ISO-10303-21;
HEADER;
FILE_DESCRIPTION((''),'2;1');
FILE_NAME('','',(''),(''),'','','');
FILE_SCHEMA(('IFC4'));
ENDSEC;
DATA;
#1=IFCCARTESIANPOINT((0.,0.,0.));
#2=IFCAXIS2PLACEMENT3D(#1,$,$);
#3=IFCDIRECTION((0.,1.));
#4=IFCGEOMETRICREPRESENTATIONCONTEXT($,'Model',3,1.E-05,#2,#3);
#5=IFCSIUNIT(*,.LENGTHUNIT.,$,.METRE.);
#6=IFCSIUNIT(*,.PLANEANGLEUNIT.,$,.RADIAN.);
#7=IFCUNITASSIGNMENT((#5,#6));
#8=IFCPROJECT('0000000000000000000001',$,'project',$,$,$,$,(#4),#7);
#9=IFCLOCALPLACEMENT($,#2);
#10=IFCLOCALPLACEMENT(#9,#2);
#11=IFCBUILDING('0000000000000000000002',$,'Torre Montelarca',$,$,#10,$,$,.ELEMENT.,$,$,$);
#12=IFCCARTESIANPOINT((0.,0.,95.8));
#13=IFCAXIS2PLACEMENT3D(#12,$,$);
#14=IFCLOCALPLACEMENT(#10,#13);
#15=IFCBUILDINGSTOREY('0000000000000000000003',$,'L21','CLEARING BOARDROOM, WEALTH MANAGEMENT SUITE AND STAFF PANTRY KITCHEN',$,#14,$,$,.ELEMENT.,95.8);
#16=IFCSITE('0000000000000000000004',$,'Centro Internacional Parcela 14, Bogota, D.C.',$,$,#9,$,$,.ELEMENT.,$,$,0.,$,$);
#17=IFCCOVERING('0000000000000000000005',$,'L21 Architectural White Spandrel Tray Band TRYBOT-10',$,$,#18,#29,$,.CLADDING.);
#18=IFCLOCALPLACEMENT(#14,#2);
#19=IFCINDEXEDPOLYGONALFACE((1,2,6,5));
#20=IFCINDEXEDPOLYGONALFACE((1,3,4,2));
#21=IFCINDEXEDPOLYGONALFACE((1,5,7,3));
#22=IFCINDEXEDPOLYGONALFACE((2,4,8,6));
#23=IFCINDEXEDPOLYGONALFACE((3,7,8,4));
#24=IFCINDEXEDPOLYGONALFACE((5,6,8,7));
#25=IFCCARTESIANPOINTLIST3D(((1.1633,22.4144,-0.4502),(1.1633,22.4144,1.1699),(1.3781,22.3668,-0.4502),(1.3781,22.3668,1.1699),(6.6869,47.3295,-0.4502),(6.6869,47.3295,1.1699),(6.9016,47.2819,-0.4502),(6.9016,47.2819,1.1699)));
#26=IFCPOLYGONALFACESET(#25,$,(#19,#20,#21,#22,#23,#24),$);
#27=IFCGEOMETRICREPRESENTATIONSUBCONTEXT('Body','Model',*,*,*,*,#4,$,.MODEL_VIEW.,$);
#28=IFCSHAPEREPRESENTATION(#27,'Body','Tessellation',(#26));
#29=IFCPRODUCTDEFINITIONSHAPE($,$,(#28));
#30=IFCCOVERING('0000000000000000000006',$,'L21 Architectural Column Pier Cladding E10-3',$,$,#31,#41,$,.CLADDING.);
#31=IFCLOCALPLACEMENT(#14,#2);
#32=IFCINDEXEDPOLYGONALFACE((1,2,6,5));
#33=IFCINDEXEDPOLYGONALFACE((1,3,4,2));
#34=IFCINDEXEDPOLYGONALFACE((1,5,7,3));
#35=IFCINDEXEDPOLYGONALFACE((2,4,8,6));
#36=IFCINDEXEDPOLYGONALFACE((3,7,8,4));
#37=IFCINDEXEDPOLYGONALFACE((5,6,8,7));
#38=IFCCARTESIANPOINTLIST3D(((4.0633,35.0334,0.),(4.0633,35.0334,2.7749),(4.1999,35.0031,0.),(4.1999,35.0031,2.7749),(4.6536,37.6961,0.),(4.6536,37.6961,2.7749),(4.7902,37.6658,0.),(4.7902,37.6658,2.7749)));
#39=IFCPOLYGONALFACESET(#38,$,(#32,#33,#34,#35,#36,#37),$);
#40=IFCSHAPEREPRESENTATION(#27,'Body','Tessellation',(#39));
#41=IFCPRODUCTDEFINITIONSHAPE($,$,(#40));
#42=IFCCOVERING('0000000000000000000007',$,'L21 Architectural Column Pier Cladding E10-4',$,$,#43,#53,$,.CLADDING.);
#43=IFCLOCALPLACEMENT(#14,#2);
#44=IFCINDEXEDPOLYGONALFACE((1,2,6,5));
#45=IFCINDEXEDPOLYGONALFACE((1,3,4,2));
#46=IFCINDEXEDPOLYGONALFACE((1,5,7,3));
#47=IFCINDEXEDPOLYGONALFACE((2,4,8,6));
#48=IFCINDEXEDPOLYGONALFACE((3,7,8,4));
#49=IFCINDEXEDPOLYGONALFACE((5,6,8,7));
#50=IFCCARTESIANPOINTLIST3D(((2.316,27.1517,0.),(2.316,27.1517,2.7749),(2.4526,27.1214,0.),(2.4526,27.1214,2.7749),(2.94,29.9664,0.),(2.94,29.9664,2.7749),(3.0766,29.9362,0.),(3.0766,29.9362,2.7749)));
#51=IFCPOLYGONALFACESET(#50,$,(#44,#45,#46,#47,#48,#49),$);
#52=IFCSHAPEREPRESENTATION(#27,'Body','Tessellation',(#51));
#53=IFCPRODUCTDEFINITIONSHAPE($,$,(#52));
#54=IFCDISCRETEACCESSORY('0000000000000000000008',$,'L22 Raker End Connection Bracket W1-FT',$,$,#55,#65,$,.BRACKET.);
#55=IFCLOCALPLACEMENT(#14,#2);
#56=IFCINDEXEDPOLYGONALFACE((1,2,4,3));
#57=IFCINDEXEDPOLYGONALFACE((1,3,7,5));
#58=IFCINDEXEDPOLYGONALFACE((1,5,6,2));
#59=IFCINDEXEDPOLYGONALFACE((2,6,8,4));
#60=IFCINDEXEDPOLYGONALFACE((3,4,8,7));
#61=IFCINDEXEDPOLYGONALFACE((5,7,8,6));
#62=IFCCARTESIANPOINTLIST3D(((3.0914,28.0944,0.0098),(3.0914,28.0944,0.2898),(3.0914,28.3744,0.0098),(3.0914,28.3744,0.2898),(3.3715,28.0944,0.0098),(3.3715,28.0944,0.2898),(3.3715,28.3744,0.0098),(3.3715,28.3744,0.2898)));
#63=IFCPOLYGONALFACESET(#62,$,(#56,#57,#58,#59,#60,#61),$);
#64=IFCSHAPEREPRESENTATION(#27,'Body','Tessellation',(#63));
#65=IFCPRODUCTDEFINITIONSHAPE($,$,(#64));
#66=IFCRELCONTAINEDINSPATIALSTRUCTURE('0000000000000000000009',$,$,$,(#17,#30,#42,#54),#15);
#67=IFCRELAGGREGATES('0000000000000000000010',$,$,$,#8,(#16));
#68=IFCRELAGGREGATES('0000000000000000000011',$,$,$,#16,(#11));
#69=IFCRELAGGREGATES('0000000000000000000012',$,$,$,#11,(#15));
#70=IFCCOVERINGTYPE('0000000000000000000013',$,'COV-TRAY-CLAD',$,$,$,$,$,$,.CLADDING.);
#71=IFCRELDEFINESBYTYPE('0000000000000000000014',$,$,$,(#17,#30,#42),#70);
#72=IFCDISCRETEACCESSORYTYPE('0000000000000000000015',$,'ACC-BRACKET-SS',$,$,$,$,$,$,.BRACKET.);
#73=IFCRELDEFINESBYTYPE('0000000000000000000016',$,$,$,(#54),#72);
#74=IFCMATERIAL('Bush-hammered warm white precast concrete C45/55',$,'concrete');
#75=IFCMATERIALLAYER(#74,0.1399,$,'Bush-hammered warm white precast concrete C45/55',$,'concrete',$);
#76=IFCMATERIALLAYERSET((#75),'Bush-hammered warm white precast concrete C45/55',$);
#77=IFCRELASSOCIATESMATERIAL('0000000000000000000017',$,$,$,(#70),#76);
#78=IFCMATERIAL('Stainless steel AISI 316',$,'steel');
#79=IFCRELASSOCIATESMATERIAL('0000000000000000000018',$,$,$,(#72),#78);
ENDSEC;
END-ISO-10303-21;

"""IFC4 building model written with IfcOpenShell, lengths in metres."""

from ifc_helpers import new_model, si_unit, direction, frame, origin, origin_2d, place, context, subcontext, project, spatial, rectangle, extrude, source, transform, mapped, material, layer, layer_set, type_object, element, save


model = new_model("IFC4")

# Units and contexts
model_context = context("Model", 3, precision=1e-05, world=origin(), true_north=direction((0.0, 1.0)))
body_context = subcontext(model_context, "Body", "Model", "MODEL_VIEW")
ifc_project = project(units=[si_unit("LENGTHUNIT", "METRE"), si_unit("PLANEANGLEUNIT", "RADIAN")], contexts=[model_context])

# Site, building, storey
site_placement = place(None, origin())
site = spatial("IfcSite", under=ifc_project, at=site_placement, Name="Centro Internacional Parcela 14, Bogota, D.C.", CompositionType="ELEMENT", RefElevation=0.0)
building_placement = place(site_placement, origin())
building = spatial("IfcBuilding", under=site, at=building_placement, Name="Torre Montelarca", CompositionType="ELEMENT")
storey_placement = place(building_placement, frame((0.0, 0.0, 95.8)))
storey = spatial("IfcBuildingStorey", under=building, at=storey_placement, Name="L21", Description="CLEARING BOARDROOM, WEALTH MANAGEMENT SUITE AND STAFF PANTRY KITCHEN", CompositionType="ELEMENT", Elevation=95.8)

# Coverings
ifc_material_1 = material(Name="Bush-hammered warm white precast concrete C45/55", Category="concrete")
ifc_layer_1 = layer(ifc_material_1, 0.1399, Name="Bush-hammered warm white precast concrete C45/55", Category="concrete")
ifc_layer_set_1 = layer_set([ifc_layer_1], Name="Bush-hammered warm white precast concrete C45/55")
covering_type = type_object("IfcCoveringType", Name="COV-TRAY-CLAD", PredefinedType="CLADDING", material=ifc_layer_set_1)
shared_shape_1 = source(origin(), body_context, "Body", "SweptSolid", [
    extrude(rectangle(XDim=25.52, YDim=0.22, at=origin_2d()), origin(), (0.0, 0.0, 1.0), 1.6201),
])
covering_1_placement = place(storey_placement, frame((4.0325, 34.8481, -0.4502), z_axis=(0.0, 0.0, 1.0), x_axis=(-0.216441, -0.976296, 0.0)))
element("IfcCovering", 1, at=covering_1_placement, inside=storey, type_object=covering_type, Name="L21 Architectural White Spandrel Tray Band TRYBOT-10", PredefinedType="CLADDING", context=body_context, shape_type="MappedRepresentation", body=[
    mapped(shared_shape_1, transform((0.0, 0.0, 0.0), scale=1.0)),
])
shared_shape_2 = source(origin(), body_context, "Body", "SweptSolid", [
    extrude(rectangle(XDim=2.7273, YDim=0.1399, at=origin_2d()), origin(), (0.0, 0.0, 1.0), 2.7749),
])
covering_2_placement = place(storey_placement, frame((4.4268, 36.3496, 0.0), z_axis=(0.0, 0.0, 1.0), x_axis=(-0.216441, -0.976296, 0.0)))
element("IfcCovering", 2, at=covering_2_placement, inside=storey, type_object=covering_type, Name="L21 Architectural Column Pier Cladding E10-3", PredefinedType="CLADDING", context=body_context, shape_type="MappedRepresentation", body=[
    mapped(shared_shape_2, transform((0.0, 0.0, 0.0), scale=1.0)),
])
shared_shape_3 = source(origin(), body_context, "Body", "SweptSolid", [
    extrude(rectangle(XDim=2.8831, YDim=0.1399, at=origin_2d()), origin(), (0.0, 0.0, 1.0), 2.7749),
])
covering_3_placement = place(storey_placement, frame((2.6963, 28.5439, 0.0), z_axis=(0.0, 0.0, 1.0), x_axis=(-0.216441, -0.976296, 0.0)))
element("IfcCovering", 3, at=covering_3_placement, inside=storey, type_object=covering_type, Name="L21 Architectural Column Pier Cladding E10-4", PredefinedType="CLADDING", context=body_context, shape_type="MappedRepresentation", body=[
    mapped(shared_shape_3, transform((0.0, 0.0, 0.0), scale=1.0)),
])

# Discrete accessory
ifc_material_2 = material(Name="Stainless steel AISI 316", Category="steel")
discrete_accessory_type = type_object("IfcDiscreteAccessoryType", Name="ACC-BRACKET-SS", PredefinedType="BRACKET", material=ifc_material_2)
shared_shape_4 = source(origin(), body_context, "Body", "SweptSolid", [
    extrude(rectangle(XDim=0.28, YDim=0.28, at=origin_2d()), origin(), (0.0, 0.0, 1.0), 0.28),
])
discrete_accessory_placement = place(storey_placement, frame((3.2314, 28.2344, 0.0098), z_axis=(0.0, 0.0, 1.0), x_axis=(1.0, 0.0, 0.0)))
element("IfcDiscreteAccessory", 4, at=discrete_accessory_placement, inside=storey, type_object=discrete_accessory_type, Name="L22 Raker End Connection Bracket W1-FT", PredefinedType="BRACKET", context=body_context, shape_type="MappedRepresentation", body=[
    mapped(shared_shape_4, transform((0.0, 0.0, 0.0), scale=1.0)),
])

save(model, "model.ifc")
